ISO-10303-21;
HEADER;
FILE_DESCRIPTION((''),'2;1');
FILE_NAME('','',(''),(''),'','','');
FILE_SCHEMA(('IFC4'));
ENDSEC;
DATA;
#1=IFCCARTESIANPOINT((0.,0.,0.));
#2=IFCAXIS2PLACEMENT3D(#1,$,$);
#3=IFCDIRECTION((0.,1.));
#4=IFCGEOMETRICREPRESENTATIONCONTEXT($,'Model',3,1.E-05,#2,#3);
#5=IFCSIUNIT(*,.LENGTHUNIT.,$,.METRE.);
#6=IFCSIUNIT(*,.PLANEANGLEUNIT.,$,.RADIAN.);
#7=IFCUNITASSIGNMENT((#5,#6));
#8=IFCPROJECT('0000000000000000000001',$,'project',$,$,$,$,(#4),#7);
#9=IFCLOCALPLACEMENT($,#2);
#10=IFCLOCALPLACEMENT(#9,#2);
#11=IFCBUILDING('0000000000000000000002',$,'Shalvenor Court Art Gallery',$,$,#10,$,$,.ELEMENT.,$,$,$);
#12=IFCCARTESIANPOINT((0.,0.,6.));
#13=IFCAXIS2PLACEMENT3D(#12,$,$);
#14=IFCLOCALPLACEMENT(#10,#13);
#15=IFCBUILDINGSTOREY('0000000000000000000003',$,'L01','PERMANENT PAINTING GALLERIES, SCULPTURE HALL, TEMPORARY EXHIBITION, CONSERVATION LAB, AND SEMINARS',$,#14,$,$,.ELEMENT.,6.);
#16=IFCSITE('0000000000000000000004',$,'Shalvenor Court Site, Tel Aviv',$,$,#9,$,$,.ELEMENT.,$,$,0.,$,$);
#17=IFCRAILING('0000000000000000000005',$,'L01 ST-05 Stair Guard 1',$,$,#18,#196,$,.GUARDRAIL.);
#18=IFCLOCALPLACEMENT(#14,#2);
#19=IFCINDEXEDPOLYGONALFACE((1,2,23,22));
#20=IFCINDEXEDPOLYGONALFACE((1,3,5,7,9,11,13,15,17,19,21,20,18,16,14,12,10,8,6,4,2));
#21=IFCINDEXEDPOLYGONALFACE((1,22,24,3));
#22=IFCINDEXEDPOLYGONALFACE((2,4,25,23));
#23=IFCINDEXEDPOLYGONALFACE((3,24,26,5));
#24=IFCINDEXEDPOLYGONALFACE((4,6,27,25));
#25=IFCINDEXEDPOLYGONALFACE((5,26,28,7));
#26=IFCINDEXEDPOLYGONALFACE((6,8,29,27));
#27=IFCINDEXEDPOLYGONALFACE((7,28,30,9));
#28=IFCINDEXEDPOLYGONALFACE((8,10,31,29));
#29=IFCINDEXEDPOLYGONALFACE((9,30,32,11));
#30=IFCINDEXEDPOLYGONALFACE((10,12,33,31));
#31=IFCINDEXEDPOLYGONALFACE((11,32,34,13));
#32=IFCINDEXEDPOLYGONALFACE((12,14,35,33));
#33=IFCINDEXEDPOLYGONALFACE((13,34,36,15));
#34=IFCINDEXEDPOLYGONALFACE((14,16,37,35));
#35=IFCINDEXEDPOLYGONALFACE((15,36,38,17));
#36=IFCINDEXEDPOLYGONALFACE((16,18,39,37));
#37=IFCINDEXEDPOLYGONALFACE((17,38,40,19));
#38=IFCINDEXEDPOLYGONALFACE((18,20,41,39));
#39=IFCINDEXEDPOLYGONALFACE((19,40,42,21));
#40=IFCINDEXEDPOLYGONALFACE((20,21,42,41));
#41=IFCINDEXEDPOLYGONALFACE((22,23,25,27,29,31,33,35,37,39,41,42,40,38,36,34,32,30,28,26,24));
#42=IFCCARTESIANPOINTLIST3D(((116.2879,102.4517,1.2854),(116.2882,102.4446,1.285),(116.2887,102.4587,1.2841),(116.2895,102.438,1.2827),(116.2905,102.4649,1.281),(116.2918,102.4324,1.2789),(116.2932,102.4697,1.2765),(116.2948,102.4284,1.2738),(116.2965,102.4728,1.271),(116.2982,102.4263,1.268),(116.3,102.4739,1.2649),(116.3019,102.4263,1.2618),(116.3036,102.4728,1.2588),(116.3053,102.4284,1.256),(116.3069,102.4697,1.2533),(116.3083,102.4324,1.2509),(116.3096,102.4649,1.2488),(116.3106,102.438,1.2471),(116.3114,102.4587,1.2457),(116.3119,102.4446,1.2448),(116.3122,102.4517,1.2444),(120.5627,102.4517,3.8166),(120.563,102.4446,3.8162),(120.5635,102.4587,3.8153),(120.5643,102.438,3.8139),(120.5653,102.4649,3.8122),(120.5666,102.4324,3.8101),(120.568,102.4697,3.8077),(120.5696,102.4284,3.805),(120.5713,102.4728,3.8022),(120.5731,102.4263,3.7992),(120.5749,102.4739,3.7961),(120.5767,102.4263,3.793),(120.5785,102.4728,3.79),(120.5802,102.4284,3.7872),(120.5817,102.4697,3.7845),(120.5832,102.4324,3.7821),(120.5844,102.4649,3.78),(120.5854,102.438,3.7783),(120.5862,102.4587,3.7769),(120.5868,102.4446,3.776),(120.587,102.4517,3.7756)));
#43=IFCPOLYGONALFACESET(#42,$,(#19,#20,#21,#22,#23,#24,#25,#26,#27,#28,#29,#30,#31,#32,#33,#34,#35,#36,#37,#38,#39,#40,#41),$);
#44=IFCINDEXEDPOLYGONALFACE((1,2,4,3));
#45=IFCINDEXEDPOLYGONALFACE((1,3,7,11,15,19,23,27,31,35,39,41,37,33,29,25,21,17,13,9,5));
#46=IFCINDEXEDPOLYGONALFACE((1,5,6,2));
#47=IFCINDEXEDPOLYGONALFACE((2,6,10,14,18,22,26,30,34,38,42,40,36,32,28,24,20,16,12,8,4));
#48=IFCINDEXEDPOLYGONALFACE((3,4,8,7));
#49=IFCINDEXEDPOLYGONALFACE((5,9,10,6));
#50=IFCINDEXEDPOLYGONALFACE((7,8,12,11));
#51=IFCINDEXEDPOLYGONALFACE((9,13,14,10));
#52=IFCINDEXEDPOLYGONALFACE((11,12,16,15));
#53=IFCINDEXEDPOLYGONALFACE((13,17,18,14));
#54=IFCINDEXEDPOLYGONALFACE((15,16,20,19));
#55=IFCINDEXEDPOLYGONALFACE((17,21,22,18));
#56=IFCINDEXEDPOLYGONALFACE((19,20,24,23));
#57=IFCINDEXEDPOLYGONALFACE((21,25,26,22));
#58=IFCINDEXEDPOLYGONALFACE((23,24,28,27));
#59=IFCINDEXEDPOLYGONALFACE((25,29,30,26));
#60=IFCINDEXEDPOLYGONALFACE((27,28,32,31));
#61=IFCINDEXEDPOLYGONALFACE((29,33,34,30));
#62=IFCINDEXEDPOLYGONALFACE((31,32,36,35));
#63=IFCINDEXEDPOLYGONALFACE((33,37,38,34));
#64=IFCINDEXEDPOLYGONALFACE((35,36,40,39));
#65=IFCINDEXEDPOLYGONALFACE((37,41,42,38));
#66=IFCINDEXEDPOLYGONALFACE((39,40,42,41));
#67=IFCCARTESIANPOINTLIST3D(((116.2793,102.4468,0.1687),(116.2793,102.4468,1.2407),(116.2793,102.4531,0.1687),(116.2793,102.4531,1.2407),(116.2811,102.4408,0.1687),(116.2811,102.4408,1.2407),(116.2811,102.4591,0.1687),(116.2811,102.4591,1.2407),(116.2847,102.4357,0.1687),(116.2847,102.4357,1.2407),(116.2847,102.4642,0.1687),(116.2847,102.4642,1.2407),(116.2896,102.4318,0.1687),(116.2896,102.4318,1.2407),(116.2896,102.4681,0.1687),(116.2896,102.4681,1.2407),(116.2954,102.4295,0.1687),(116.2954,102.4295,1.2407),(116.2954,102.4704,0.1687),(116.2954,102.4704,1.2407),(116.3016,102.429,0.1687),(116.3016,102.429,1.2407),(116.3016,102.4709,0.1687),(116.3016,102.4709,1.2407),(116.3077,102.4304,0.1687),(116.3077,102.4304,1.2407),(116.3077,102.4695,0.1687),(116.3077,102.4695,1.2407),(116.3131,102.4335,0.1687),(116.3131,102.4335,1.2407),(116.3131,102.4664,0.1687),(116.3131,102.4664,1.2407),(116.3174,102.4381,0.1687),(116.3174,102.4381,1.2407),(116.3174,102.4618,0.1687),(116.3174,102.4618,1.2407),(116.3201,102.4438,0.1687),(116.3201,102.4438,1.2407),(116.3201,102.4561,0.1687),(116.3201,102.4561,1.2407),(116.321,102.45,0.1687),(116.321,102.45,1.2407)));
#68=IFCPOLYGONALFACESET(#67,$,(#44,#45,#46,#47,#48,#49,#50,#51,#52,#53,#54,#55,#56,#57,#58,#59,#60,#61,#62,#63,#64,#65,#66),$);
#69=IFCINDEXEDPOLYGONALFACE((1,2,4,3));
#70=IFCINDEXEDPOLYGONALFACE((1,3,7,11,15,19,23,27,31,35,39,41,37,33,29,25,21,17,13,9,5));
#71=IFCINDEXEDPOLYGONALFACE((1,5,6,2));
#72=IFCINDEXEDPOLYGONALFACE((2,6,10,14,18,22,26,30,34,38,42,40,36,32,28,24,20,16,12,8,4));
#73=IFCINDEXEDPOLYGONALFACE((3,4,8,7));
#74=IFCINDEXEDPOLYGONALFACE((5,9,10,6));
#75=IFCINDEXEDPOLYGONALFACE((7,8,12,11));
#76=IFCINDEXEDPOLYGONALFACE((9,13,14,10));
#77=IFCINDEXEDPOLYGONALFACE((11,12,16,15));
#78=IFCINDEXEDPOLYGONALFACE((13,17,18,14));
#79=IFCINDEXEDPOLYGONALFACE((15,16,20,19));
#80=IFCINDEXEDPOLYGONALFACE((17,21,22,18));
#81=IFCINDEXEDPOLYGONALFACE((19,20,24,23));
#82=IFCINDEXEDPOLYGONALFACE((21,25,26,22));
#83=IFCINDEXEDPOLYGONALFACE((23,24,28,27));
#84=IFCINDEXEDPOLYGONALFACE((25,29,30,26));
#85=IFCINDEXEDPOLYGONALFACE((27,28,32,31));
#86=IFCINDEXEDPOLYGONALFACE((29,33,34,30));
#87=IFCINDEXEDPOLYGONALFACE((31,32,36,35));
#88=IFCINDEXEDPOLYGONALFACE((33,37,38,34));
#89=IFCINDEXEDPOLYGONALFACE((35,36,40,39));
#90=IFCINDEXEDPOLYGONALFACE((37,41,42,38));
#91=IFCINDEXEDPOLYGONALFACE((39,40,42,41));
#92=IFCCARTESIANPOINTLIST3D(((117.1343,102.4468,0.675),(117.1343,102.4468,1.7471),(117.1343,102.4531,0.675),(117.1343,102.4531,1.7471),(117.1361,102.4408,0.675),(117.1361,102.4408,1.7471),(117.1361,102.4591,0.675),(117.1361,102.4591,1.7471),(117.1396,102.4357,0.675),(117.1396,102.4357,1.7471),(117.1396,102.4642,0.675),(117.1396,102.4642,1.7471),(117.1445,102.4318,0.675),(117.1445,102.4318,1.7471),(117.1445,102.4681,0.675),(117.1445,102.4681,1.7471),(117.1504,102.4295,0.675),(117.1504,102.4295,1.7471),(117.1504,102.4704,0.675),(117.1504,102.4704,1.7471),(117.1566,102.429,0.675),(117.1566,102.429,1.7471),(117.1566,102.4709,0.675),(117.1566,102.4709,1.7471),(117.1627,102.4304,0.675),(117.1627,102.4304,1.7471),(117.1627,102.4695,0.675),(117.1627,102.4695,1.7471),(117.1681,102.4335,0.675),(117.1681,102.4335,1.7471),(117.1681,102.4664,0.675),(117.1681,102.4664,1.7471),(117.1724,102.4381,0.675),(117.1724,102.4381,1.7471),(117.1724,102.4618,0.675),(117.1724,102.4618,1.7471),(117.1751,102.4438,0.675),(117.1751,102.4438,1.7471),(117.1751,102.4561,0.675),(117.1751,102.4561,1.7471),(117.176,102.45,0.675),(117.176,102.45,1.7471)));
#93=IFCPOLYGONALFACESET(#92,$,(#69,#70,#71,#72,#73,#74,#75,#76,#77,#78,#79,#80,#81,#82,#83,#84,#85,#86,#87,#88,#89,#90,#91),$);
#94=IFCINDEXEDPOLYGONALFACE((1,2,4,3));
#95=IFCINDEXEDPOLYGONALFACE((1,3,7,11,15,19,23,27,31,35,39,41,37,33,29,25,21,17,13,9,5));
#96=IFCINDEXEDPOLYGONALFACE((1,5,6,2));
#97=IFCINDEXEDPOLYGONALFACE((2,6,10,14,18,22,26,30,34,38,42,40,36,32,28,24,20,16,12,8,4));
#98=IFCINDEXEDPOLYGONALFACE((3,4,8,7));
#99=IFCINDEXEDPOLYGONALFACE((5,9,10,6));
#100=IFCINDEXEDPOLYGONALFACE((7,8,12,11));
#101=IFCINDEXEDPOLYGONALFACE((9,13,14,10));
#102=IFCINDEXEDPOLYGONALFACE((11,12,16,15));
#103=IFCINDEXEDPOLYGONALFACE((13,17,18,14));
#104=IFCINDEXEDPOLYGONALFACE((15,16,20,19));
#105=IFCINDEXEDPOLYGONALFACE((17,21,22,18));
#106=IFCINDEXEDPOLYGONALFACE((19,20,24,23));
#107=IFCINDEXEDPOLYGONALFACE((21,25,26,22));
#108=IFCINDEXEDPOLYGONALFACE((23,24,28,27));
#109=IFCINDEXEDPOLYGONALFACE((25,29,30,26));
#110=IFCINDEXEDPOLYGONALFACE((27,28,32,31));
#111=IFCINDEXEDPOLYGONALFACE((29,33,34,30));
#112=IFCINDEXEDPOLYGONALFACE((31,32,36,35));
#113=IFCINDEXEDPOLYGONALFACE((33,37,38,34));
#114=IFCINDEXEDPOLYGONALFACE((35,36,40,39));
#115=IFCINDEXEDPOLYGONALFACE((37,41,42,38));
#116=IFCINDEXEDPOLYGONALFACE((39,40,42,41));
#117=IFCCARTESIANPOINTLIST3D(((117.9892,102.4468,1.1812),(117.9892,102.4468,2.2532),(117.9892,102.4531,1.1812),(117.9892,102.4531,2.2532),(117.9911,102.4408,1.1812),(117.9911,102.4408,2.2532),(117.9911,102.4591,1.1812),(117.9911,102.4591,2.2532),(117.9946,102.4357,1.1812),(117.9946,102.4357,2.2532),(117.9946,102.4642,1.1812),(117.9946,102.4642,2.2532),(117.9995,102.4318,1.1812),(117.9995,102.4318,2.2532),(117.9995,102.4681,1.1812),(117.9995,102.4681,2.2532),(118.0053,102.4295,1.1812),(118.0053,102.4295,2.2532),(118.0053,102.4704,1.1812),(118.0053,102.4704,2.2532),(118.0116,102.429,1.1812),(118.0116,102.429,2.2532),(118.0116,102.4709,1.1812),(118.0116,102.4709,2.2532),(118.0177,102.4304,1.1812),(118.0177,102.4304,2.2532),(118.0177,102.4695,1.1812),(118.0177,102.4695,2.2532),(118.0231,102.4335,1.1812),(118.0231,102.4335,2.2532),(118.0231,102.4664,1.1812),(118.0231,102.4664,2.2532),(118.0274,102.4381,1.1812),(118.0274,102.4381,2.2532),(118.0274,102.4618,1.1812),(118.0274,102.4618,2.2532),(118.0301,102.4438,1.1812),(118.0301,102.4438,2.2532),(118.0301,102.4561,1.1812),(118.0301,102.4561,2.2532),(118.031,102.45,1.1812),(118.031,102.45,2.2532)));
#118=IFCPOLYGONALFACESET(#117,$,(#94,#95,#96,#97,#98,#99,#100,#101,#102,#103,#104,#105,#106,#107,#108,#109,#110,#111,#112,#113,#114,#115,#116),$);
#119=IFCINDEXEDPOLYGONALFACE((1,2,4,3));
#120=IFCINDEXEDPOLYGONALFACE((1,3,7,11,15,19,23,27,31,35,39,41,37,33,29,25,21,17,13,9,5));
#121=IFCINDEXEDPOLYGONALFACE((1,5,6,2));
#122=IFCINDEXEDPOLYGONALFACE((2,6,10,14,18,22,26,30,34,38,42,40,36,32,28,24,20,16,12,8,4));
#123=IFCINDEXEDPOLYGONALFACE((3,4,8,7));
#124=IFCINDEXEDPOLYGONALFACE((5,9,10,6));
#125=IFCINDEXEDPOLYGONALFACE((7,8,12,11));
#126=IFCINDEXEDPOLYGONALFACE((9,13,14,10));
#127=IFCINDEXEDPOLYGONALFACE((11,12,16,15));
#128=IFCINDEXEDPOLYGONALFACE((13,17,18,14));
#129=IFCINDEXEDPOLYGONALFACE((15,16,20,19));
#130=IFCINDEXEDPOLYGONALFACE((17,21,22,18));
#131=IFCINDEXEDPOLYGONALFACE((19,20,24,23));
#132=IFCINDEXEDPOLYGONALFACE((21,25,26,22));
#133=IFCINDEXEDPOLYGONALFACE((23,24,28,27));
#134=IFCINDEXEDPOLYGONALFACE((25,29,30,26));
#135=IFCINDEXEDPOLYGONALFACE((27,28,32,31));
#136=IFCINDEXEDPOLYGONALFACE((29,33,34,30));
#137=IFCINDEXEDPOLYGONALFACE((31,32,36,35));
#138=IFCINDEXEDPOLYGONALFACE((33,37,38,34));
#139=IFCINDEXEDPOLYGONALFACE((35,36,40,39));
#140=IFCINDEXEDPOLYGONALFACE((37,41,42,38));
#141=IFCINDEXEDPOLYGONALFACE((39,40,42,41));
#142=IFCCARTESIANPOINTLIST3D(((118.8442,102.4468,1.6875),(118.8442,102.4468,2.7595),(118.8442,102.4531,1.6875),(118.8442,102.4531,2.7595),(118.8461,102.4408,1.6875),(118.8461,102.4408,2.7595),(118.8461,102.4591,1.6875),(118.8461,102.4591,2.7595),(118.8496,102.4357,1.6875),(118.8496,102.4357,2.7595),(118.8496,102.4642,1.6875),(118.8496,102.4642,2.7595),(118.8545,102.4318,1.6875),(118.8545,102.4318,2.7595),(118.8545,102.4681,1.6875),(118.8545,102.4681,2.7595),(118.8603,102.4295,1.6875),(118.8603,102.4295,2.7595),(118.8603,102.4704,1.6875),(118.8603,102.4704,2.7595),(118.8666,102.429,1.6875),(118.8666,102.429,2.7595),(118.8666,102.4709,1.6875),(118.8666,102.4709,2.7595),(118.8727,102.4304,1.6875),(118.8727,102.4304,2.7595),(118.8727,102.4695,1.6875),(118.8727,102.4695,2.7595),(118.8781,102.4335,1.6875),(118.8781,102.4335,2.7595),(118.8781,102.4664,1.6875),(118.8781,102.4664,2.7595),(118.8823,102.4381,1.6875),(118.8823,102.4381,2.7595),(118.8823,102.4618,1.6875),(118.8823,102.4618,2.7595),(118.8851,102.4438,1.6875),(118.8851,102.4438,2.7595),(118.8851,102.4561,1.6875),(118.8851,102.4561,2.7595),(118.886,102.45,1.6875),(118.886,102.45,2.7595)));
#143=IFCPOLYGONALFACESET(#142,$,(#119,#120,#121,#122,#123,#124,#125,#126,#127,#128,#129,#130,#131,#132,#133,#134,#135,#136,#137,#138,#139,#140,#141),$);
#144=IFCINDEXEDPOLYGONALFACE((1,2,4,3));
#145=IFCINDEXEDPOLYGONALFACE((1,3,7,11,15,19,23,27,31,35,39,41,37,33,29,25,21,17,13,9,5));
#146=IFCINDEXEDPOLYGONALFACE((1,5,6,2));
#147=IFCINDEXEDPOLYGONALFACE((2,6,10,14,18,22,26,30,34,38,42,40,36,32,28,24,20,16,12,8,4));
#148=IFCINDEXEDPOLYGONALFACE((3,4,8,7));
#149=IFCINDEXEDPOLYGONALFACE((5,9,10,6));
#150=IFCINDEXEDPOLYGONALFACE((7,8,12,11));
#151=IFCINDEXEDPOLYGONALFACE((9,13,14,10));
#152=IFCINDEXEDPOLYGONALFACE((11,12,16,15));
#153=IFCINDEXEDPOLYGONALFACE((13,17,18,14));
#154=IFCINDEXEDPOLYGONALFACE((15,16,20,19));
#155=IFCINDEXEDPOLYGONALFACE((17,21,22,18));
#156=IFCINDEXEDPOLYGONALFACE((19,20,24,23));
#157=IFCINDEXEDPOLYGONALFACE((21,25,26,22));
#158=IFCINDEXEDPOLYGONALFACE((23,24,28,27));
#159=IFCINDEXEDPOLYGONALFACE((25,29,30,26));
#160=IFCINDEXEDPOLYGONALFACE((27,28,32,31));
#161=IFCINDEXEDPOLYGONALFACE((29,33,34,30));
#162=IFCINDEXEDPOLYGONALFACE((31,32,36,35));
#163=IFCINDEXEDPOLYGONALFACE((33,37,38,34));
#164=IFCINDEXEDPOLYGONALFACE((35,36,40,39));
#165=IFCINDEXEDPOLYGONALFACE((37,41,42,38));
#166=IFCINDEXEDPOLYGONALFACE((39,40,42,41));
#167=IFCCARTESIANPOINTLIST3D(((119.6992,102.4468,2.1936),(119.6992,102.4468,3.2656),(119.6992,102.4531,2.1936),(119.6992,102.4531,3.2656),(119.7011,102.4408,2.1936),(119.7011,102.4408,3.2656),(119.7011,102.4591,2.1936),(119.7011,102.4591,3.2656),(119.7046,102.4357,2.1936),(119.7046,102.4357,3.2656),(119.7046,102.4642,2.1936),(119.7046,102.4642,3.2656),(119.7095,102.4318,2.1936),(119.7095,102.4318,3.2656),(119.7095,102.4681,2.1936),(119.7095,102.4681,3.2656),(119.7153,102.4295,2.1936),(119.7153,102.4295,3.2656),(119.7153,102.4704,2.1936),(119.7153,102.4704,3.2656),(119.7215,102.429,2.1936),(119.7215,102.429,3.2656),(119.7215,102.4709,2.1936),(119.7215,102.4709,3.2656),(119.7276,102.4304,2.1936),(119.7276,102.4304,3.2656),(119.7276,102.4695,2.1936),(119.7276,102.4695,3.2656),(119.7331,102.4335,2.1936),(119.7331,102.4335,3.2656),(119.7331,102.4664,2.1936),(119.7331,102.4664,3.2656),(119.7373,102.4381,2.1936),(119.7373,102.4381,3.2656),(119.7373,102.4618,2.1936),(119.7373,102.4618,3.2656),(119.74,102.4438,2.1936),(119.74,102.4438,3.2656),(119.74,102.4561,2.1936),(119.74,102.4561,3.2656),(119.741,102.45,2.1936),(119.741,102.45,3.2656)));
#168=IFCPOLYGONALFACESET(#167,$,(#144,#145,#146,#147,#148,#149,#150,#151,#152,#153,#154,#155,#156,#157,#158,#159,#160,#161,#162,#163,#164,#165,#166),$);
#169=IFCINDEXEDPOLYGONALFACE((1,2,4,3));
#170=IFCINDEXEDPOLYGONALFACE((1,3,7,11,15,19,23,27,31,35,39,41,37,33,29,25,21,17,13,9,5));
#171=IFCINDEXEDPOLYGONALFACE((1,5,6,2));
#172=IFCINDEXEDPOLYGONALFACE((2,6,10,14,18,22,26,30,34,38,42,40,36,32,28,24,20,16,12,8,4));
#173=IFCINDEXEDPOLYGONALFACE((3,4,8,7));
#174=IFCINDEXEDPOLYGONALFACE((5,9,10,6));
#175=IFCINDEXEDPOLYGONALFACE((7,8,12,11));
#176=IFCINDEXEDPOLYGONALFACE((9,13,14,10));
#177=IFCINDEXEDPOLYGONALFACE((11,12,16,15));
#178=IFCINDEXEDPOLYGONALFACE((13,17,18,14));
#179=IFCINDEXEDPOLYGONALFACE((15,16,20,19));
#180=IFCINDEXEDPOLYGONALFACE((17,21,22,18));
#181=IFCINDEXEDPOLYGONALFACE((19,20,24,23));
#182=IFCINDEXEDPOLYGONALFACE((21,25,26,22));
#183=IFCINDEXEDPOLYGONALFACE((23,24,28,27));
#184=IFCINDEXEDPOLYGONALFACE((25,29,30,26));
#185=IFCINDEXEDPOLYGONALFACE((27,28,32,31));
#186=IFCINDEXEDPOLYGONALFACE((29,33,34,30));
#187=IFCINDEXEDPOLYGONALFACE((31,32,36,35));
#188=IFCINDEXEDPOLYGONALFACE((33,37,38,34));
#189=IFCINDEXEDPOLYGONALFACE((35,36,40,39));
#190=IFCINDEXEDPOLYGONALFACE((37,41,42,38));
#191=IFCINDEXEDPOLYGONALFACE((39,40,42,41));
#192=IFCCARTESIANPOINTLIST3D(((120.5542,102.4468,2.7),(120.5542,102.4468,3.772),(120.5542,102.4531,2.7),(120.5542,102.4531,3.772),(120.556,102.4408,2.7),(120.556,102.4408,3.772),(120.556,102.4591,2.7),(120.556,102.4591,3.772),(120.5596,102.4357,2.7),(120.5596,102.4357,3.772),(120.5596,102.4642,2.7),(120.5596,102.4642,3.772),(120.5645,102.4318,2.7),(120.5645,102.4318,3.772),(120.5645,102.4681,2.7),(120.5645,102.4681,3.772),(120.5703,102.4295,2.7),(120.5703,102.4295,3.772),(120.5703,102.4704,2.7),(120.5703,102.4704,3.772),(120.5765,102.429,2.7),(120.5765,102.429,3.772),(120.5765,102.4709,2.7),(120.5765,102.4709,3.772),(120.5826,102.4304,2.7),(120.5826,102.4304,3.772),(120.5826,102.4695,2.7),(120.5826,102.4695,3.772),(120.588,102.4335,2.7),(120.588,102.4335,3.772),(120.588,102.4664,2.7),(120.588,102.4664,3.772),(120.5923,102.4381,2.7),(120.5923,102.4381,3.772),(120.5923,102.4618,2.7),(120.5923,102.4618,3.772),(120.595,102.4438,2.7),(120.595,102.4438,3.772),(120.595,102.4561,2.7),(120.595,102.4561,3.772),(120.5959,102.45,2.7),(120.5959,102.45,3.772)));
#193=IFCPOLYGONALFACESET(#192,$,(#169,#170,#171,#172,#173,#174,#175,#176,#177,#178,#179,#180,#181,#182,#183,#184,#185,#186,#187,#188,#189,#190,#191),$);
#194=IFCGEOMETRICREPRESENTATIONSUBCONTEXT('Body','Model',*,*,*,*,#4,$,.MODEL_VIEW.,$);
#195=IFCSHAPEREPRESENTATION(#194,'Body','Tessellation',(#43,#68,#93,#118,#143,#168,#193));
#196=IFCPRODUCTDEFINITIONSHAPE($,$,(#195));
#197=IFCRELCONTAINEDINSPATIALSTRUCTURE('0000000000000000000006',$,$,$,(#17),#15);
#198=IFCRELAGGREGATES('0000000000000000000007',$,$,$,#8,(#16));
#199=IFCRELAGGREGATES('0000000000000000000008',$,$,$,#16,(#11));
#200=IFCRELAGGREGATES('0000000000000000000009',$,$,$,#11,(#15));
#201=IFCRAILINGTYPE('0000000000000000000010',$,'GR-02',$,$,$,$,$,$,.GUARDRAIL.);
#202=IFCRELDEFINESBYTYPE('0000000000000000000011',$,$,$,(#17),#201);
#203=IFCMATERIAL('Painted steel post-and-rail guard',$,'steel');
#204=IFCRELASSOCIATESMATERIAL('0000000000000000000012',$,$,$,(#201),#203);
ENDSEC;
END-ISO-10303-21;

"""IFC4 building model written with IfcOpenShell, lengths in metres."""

from ifc_helpers import new_model, si_unit, direction, frame, origin, origin_2d, place, context, subcontext, project, spatial, circle, extrude, material, type_object, element, save


model = new_model("IFC4")

# Units and contexts
model_context = context("Model", 3, precision=1e-05, world=origin(), true_north=direction((0.0, 1.0)))
body_context = subcontext(model_context, "Body", "Model", "MODEL_VIEW")
ifc_project = project(units=[si_unit("LENGTHUNIT", "METRE"), si_unit("PLANEANGLEUNIT", "RADIAN")], contexts=[model_context])

# Site, building, storey
site_placement = place(None, origin())
site = spatial("IfcSite", under=ifc_project, at=site_placement, Name="Shalvenor Court Site, Tel Aviv", CompositionType="ELEMENT", RefElevation=0.0)
building_placement = place(site_placement, origin())
building = spatial("IfcBuilding", under=site, at=building_placement, Name="Shalvenor Court Art Gallery", CompositionType="ELEMENT")
storey_placement = place(building_placement, frame((0.0, 0.0, 6.0)))
storey = spatial("IfcBuildingStorey", under=building, at=storey_placement, Name="L01", Description="PERMANENT PAINTING GALLERIES, SCULPTURE HALL, TEMPORARY EXHIBITION, CONSERVATION LAB, AND SEMINARS", CompositionType="ELEMENT", Elevation=6.0)

# Railing
ifc_material_1 = material(Name="Painted steel post-and-rail guard", Category="steel")
railing_type_1 = type_object("IfcRailingType", Name="GR-02", PredefinedType="GUARDRAIL", material=ifc_material_1)
railing_1_placement = place(storey_placement, frame((116.3, 102.45, 0.1687)))
element("IfcRailing", 1, at=railing_1_placement, inside=storey, type_object=railing_type_1, Name="L01 ST-05 Stair Guard 1", PredefinedType="GUARDRAIL", context=body_context, shape_type="SweptSolid", body=[
    extrude(circle(Radius=0.0239, at=origin_2d()), frame((0.0, 0.0, 1.0962), z_axis=(0.86047, 0.0, 0.509501), x_axis=(0.0, 1.0, 0.0)), (0.0, 0.0, 1.0), 4.968),
    extrude(circle(Radius=0.021, at=origin_2d()), origin(), (0.0, 0.0, 1.0), 1.072),
    extrude(circle(Radius=0.021, at=origin_2d()), frame((0.855, 0.0, 0.5063)), (0.0, 0.0, 1.0), 1.072),
    extrude(circle(Radius=0.021, at=origin_2d()), frame((1.71, 0.0, 1.0125)), (0.0, 0.0, 1.0), 1.072),
    extrude(circle(Radius=0.021, at=origin_2d()), frame((2.5649, 0.0, 1.5188)), (0.0, 0.0, 1.0), 1.072),
    extrude(circle(Radius=0.021, at=origin_2d()), frame((3.4199, 0.0, 2.0249)), (0.0, 0.0, 1.0), 1.072),
    extrude(circle(Radius=0.021, at=origin_2d()), frame((4.2749, 0.0, 2.5312)), (0.0, 0.0, 1.0), 1.072),
])

save(model, "model.ifc")
